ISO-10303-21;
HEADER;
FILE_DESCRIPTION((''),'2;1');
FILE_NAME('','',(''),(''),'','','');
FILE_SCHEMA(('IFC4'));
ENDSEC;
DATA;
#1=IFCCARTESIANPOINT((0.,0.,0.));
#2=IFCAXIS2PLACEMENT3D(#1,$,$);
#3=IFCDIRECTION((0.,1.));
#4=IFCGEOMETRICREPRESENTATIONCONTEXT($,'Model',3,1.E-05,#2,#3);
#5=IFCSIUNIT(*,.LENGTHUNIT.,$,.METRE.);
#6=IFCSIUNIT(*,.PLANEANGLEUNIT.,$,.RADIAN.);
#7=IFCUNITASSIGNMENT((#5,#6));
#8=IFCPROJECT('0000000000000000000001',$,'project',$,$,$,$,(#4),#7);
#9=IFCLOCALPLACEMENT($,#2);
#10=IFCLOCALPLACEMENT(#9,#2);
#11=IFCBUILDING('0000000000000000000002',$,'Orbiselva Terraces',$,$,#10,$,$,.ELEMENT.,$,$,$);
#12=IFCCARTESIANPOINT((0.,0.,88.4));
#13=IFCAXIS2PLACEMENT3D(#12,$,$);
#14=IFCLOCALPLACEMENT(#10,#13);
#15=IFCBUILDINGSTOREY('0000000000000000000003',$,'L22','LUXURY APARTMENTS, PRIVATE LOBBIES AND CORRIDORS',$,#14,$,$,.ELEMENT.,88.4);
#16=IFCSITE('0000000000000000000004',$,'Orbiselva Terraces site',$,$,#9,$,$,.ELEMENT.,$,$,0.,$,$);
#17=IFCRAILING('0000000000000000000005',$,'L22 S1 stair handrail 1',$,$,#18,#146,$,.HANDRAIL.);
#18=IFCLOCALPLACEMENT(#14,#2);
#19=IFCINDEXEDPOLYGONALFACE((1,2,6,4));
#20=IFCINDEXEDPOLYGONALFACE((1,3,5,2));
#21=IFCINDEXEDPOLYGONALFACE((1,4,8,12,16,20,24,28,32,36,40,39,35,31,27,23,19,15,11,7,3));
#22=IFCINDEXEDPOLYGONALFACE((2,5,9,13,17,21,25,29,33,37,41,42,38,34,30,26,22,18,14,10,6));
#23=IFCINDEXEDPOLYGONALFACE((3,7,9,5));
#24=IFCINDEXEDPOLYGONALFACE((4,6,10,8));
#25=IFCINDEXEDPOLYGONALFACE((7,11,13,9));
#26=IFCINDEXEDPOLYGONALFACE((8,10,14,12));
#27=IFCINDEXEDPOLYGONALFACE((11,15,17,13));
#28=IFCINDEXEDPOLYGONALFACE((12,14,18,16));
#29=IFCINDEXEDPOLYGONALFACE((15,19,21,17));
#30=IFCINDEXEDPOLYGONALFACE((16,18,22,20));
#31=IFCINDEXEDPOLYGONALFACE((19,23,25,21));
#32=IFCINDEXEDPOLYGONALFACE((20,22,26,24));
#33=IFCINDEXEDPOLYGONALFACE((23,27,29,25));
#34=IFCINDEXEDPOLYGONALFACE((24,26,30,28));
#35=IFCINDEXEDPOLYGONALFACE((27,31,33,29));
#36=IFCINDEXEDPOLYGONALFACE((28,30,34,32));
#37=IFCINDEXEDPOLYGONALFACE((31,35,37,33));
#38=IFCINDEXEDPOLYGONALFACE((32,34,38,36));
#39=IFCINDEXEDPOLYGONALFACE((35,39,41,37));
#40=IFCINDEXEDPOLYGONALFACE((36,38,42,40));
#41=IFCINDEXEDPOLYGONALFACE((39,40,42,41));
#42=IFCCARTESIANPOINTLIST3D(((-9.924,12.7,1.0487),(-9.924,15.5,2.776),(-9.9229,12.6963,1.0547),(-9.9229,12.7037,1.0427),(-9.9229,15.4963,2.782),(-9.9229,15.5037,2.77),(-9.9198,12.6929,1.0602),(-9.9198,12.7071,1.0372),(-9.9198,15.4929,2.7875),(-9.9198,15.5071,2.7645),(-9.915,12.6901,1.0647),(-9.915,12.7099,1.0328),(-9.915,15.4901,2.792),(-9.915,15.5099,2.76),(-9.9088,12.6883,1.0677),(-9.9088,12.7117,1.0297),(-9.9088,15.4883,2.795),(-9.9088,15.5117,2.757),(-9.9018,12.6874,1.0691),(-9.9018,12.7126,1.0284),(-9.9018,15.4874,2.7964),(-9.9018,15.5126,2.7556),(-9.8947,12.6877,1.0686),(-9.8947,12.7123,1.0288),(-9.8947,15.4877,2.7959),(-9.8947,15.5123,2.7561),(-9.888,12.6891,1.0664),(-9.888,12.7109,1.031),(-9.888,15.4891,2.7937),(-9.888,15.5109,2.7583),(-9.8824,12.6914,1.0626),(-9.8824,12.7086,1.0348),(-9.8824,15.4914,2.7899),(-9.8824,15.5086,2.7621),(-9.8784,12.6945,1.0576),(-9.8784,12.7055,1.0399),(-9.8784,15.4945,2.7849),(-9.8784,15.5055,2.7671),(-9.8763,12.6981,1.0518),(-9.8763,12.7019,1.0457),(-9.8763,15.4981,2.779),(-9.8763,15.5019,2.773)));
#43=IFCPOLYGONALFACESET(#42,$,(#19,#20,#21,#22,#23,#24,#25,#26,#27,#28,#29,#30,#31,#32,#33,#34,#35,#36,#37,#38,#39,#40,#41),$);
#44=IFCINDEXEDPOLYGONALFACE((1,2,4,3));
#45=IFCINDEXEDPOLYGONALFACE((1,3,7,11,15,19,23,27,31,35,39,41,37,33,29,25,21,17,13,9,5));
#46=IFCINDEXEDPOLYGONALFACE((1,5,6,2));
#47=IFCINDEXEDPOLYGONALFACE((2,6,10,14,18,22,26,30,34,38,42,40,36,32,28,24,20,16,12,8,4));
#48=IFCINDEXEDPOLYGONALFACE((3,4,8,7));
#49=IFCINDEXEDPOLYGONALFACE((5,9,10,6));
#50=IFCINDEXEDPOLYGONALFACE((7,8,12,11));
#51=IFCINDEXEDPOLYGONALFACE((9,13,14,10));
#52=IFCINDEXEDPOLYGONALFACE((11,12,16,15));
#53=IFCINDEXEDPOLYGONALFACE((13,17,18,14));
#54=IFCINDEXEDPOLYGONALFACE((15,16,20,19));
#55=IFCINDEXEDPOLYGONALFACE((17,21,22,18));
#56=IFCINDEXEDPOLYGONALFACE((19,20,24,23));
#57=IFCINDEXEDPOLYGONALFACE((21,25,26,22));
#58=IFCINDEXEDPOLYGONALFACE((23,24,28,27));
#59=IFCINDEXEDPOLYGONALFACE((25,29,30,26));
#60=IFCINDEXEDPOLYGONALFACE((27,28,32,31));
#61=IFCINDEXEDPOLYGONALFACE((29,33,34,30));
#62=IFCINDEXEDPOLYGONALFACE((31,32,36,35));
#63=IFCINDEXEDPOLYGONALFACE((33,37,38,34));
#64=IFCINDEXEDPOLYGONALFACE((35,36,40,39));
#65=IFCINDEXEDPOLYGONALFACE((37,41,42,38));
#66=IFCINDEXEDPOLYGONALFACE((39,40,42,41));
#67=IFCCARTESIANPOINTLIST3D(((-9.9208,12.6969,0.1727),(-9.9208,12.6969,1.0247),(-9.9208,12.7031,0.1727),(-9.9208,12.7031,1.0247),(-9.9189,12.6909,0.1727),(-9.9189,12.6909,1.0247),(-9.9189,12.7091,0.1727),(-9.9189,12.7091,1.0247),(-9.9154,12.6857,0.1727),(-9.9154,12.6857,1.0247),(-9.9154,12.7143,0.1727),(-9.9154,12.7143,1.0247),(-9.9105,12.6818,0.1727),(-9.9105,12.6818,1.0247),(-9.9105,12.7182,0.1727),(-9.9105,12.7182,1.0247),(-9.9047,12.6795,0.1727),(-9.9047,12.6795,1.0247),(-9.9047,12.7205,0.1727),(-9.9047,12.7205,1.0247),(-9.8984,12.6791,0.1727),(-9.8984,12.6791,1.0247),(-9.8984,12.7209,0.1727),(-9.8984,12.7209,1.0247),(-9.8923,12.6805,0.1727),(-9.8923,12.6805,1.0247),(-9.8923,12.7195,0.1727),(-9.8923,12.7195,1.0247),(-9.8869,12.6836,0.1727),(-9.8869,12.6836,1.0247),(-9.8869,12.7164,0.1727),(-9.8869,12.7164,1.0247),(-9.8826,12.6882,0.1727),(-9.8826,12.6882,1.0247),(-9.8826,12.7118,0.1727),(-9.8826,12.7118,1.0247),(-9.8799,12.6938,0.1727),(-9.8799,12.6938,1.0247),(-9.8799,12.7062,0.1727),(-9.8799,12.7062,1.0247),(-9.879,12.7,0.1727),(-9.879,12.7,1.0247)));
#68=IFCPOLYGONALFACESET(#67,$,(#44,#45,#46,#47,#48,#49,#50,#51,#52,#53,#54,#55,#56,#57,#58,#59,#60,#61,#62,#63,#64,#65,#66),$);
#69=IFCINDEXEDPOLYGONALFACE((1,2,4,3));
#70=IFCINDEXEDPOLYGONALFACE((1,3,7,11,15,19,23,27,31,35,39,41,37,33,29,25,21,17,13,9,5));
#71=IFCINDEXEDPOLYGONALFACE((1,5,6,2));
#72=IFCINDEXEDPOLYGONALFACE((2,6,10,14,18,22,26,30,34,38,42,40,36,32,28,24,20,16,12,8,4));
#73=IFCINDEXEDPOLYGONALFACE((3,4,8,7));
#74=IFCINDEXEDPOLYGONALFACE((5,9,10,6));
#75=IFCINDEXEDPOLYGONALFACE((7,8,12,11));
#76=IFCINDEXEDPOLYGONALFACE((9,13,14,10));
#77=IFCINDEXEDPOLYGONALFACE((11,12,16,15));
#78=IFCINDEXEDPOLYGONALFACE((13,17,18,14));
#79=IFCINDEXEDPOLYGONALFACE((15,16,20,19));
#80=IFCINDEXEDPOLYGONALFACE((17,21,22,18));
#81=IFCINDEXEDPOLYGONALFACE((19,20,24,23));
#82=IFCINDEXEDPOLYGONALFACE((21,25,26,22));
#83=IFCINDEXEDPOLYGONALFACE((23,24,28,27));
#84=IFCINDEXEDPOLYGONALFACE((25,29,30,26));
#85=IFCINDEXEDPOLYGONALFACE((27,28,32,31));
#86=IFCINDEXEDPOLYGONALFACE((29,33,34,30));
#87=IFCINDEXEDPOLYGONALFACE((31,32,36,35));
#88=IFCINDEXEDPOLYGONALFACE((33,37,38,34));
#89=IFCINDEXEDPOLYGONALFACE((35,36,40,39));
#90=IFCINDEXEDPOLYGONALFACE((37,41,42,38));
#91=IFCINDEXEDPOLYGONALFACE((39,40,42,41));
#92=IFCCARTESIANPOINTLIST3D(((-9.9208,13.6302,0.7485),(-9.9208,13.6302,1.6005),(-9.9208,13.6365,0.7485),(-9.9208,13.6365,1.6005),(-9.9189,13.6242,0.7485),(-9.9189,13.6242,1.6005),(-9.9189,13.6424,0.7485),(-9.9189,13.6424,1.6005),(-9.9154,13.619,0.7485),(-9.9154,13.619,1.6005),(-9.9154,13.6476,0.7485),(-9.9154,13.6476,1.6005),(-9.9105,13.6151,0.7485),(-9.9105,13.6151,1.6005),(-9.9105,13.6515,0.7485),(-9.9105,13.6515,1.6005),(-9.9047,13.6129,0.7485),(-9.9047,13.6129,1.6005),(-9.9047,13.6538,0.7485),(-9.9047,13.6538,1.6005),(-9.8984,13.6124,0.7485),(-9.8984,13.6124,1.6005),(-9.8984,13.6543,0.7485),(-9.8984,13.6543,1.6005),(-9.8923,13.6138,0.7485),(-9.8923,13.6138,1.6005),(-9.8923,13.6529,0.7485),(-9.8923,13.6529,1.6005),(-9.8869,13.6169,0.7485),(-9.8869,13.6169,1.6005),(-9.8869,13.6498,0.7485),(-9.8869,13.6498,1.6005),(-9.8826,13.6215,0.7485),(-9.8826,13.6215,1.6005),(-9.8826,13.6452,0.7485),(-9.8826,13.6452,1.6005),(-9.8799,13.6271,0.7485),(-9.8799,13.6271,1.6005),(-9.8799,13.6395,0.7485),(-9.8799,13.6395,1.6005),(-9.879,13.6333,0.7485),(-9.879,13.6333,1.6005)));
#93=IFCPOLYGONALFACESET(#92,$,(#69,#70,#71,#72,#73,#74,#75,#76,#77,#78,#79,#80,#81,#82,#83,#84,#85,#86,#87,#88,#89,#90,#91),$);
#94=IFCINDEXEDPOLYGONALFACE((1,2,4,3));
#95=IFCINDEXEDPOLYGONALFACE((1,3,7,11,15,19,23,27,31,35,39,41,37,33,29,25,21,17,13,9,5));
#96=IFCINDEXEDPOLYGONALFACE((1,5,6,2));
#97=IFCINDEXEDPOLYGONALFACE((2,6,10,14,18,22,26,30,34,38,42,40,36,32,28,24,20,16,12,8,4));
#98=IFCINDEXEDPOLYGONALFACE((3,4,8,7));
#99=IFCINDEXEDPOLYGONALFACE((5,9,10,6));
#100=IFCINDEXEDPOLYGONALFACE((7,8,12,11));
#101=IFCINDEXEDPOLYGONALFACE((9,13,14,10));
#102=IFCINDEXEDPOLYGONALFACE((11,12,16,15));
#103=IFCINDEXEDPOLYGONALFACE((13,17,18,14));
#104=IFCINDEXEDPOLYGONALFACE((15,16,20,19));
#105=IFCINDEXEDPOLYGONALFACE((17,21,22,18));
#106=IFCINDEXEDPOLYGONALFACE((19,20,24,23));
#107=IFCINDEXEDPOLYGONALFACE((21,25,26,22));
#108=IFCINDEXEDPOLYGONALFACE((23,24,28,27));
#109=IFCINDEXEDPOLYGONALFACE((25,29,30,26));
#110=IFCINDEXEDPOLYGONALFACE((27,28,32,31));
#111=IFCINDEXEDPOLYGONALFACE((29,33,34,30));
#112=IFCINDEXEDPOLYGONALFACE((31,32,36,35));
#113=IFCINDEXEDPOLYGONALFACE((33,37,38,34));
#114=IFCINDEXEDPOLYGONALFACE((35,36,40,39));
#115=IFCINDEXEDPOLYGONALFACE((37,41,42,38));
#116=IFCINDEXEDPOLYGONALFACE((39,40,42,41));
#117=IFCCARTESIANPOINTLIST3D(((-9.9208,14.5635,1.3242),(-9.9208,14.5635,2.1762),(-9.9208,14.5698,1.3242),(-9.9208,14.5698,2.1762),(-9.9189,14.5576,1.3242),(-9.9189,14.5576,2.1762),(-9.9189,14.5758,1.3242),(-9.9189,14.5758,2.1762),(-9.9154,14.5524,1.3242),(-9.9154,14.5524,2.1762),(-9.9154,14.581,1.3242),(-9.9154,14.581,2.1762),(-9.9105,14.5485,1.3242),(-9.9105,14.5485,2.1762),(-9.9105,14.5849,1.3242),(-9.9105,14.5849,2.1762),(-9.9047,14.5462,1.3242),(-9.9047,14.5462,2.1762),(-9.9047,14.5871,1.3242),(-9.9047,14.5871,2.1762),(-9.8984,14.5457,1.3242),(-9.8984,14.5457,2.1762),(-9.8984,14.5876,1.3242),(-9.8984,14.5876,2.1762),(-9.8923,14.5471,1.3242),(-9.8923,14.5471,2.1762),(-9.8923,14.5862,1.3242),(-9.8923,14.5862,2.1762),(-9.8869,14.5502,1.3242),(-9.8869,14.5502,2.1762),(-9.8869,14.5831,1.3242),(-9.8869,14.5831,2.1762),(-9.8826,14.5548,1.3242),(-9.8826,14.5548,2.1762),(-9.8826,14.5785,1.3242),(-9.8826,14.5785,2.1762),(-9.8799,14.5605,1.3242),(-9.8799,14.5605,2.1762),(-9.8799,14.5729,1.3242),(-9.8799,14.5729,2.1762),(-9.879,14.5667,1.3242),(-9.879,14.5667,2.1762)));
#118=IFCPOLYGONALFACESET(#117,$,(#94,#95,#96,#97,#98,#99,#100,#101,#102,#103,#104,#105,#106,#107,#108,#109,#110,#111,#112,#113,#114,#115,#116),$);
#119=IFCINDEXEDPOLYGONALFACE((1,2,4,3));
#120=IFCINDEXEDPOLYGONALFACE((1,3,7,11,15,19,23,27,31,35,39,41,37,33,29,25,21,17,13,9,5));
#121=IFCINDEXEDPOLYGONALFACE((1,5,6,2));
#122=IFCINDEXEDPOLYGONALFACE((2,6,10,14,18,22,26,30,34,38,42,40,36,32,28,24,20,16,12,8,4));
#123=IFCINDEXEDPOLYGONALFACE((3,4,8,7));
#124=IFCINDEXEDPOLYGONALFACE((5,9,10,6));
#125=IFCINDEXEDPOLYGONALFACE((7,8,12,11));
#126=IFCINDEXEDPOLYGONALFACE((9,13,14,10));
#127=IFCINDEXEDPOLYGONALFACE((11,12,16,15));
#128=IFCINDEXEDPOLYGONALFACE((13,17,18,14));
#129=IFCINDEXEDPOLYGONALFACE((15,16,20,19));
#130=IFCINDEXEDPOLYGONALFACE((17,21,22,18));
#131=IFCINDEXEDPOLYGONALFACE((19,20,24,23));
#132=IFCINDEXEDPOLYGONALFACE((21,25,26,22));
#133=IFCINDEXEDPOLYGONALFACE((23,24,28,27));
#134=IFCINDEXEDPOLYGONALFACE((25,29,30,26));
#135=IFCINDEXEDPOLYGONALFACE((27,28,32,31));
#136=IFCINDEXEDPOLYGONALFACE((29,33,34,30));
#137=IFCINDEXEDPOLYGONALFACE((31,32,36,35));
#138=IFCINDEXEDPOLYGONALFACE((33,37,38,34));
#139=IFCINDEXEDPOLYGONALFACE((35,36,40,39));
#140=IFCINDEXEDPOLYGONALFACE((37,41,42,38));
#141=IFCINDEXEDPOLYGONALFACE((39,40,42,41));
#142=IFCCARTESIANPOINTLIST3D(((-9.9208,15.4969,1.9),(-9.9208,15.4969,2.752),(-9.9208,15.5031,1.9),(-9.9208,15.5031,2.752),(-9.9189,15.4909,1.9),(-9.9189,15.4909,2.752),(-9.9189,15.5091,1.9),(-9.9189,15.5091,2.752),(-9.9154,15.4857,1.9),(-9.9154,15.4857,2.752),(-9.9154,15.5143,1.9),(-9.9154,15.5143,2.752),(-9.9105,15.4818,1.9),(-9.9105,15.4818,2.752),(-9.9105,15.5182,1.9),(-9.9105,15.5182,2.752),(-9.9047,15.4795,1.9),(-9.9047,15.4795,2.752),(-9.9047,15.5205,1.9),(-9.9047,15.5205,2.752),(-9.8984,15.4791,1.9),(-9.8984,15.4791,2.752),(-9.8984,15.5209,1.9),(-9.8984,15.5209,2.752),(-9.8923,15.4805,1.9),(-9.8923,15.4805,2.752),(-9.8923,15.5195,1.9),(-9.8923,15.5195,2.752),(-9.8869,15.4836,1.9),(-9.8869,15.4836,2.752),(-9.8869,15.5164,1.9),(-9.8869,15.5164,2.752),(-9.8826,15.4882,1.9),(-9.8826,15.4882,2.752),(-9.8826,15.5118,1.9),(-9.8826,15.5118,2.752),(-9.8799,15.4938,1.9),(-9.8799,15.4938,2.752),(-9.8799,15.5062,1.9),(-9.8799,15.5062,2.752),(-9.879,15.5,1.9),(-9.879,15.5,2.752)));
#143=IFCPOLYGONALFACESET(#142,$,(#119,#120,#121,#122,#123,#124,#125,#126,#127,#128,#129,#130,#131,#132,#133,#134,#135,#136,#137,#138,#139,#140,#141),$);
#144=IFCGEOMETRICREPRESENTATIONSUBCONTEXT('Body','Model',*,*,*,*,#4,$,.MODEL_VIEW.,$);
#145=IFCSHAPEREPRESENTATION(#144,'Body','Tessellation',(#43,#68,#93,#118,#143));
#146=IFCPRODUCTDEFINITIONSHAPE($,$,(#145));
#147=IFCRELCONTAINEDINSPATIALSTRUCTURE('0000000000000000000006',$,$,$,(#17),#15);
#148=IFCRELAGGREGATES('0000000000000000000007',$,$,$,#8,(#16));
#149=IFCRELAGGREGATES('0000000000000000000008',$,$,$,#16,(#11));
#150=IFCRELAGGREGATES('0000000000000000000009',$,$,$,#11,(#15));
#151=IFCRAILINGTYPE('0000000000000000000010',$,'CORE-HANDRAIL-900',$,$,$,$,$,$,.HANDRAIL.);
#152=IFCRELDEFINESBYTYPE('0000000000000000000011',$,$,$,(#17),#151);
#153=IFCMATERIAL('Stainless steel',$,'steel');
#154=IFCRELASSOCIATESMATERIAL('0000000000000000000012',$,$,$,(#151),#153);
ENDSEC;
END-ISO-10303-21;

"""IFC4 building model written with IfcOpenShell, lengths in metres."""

from ifc_helpers import new_model, si_unit, direction, frame, origin, origin_2d, place, context, subcontext, project, spatial, circle, extrude, material, type_object, element, save


model = new_model("IFC4")

# Units and contexts
model_context = context("Model", 3, precision=1e-05, world=origin(), true_north=direction((0.0, 1.0)))
body_context = subcontext(model_context, "Body", "Model", "MODEL_VIEW")
ifc_project = project(units=[si_unit("LENGTHUNIT", "METRE"), si_unit("PLANEANGLEUNIT", "RADIAN")], contexts=[model_context])

# Site, building, storey
site_placement = place(None, origin())
site = spatial("IfcSite", under=ifc_project, at=site_placement, Name="Orbiselva Terraces site", CompositionType="ELEMENT", RefElevation=0.0)
building_placement = place(site_placement, origin())
building = spatial("IfcBuilding", under=site, at=building_placement, Name="Orbiselva Terraces", CompositionType="ELEMENT")
storey_placement = place(building_placement, frame((0.0, 0.0, 88.4)))
storey = spatial("IfcBuildingStorey", under=building, at=storey_placement, Name="L22", Description="LUXURY APARTMENTS, PRIVATE LOBBIES AND CORRIDORS", CompositionType="ELEMENT", Elevation=88.4)

# Railing
ifc_material_1 = material(Name="Stainless steel", Category="steel")
railing_type_1 = type_object("IfcRailingType", Name="CORE-HANDRAIL-900", PredefinedType="HANDRAIL", material=ifc_material_1)
railing_1_placement = place(storey_placement, frame((-9.9, 12.7, 0.1727)))
element("IfcRailing", 1, at=railing_1_placement, inside=storey, type_object=railing_type_1, Name="L22 S1 stair handrail 1", PredefinedType="HANDRAIL", context=body_context, shape_type="SweptSolid", body=[
    extrude(circle(Radius=0.024, at=origin_2d()), frame((0.0, 0.0, 0.876), z_axis=(0.0, 0.851089, 0.525022), x_axis=(-1.0, 0.0, 0.0)), (0.0, 0.0, 1.0), 3.2899),
    extrude(circle(Radius=0.021, at=origin_2d()), origin(), (0.0, 0.0, 1.0), 0.852),
    extrude(circle(Radius=0.021, at=origin_2d()), frame((0.0, 0.9333, 0.5758)), (0.0, 0.0, 1.0), 0.852),
    extrude(circle(Radius=0.021, at=origin_2d()), frame((0.0, 1.8667, 1.1515)), (0.0, 0.0, 1.0), 0.852),
    extrude(circle(Radius=0.021, at=origin_2d()), frame((0.0, 2.8, 1.7273)), (0.0, 0.0, 1.0), 0.852),
])

save(model, "model.ifc")
